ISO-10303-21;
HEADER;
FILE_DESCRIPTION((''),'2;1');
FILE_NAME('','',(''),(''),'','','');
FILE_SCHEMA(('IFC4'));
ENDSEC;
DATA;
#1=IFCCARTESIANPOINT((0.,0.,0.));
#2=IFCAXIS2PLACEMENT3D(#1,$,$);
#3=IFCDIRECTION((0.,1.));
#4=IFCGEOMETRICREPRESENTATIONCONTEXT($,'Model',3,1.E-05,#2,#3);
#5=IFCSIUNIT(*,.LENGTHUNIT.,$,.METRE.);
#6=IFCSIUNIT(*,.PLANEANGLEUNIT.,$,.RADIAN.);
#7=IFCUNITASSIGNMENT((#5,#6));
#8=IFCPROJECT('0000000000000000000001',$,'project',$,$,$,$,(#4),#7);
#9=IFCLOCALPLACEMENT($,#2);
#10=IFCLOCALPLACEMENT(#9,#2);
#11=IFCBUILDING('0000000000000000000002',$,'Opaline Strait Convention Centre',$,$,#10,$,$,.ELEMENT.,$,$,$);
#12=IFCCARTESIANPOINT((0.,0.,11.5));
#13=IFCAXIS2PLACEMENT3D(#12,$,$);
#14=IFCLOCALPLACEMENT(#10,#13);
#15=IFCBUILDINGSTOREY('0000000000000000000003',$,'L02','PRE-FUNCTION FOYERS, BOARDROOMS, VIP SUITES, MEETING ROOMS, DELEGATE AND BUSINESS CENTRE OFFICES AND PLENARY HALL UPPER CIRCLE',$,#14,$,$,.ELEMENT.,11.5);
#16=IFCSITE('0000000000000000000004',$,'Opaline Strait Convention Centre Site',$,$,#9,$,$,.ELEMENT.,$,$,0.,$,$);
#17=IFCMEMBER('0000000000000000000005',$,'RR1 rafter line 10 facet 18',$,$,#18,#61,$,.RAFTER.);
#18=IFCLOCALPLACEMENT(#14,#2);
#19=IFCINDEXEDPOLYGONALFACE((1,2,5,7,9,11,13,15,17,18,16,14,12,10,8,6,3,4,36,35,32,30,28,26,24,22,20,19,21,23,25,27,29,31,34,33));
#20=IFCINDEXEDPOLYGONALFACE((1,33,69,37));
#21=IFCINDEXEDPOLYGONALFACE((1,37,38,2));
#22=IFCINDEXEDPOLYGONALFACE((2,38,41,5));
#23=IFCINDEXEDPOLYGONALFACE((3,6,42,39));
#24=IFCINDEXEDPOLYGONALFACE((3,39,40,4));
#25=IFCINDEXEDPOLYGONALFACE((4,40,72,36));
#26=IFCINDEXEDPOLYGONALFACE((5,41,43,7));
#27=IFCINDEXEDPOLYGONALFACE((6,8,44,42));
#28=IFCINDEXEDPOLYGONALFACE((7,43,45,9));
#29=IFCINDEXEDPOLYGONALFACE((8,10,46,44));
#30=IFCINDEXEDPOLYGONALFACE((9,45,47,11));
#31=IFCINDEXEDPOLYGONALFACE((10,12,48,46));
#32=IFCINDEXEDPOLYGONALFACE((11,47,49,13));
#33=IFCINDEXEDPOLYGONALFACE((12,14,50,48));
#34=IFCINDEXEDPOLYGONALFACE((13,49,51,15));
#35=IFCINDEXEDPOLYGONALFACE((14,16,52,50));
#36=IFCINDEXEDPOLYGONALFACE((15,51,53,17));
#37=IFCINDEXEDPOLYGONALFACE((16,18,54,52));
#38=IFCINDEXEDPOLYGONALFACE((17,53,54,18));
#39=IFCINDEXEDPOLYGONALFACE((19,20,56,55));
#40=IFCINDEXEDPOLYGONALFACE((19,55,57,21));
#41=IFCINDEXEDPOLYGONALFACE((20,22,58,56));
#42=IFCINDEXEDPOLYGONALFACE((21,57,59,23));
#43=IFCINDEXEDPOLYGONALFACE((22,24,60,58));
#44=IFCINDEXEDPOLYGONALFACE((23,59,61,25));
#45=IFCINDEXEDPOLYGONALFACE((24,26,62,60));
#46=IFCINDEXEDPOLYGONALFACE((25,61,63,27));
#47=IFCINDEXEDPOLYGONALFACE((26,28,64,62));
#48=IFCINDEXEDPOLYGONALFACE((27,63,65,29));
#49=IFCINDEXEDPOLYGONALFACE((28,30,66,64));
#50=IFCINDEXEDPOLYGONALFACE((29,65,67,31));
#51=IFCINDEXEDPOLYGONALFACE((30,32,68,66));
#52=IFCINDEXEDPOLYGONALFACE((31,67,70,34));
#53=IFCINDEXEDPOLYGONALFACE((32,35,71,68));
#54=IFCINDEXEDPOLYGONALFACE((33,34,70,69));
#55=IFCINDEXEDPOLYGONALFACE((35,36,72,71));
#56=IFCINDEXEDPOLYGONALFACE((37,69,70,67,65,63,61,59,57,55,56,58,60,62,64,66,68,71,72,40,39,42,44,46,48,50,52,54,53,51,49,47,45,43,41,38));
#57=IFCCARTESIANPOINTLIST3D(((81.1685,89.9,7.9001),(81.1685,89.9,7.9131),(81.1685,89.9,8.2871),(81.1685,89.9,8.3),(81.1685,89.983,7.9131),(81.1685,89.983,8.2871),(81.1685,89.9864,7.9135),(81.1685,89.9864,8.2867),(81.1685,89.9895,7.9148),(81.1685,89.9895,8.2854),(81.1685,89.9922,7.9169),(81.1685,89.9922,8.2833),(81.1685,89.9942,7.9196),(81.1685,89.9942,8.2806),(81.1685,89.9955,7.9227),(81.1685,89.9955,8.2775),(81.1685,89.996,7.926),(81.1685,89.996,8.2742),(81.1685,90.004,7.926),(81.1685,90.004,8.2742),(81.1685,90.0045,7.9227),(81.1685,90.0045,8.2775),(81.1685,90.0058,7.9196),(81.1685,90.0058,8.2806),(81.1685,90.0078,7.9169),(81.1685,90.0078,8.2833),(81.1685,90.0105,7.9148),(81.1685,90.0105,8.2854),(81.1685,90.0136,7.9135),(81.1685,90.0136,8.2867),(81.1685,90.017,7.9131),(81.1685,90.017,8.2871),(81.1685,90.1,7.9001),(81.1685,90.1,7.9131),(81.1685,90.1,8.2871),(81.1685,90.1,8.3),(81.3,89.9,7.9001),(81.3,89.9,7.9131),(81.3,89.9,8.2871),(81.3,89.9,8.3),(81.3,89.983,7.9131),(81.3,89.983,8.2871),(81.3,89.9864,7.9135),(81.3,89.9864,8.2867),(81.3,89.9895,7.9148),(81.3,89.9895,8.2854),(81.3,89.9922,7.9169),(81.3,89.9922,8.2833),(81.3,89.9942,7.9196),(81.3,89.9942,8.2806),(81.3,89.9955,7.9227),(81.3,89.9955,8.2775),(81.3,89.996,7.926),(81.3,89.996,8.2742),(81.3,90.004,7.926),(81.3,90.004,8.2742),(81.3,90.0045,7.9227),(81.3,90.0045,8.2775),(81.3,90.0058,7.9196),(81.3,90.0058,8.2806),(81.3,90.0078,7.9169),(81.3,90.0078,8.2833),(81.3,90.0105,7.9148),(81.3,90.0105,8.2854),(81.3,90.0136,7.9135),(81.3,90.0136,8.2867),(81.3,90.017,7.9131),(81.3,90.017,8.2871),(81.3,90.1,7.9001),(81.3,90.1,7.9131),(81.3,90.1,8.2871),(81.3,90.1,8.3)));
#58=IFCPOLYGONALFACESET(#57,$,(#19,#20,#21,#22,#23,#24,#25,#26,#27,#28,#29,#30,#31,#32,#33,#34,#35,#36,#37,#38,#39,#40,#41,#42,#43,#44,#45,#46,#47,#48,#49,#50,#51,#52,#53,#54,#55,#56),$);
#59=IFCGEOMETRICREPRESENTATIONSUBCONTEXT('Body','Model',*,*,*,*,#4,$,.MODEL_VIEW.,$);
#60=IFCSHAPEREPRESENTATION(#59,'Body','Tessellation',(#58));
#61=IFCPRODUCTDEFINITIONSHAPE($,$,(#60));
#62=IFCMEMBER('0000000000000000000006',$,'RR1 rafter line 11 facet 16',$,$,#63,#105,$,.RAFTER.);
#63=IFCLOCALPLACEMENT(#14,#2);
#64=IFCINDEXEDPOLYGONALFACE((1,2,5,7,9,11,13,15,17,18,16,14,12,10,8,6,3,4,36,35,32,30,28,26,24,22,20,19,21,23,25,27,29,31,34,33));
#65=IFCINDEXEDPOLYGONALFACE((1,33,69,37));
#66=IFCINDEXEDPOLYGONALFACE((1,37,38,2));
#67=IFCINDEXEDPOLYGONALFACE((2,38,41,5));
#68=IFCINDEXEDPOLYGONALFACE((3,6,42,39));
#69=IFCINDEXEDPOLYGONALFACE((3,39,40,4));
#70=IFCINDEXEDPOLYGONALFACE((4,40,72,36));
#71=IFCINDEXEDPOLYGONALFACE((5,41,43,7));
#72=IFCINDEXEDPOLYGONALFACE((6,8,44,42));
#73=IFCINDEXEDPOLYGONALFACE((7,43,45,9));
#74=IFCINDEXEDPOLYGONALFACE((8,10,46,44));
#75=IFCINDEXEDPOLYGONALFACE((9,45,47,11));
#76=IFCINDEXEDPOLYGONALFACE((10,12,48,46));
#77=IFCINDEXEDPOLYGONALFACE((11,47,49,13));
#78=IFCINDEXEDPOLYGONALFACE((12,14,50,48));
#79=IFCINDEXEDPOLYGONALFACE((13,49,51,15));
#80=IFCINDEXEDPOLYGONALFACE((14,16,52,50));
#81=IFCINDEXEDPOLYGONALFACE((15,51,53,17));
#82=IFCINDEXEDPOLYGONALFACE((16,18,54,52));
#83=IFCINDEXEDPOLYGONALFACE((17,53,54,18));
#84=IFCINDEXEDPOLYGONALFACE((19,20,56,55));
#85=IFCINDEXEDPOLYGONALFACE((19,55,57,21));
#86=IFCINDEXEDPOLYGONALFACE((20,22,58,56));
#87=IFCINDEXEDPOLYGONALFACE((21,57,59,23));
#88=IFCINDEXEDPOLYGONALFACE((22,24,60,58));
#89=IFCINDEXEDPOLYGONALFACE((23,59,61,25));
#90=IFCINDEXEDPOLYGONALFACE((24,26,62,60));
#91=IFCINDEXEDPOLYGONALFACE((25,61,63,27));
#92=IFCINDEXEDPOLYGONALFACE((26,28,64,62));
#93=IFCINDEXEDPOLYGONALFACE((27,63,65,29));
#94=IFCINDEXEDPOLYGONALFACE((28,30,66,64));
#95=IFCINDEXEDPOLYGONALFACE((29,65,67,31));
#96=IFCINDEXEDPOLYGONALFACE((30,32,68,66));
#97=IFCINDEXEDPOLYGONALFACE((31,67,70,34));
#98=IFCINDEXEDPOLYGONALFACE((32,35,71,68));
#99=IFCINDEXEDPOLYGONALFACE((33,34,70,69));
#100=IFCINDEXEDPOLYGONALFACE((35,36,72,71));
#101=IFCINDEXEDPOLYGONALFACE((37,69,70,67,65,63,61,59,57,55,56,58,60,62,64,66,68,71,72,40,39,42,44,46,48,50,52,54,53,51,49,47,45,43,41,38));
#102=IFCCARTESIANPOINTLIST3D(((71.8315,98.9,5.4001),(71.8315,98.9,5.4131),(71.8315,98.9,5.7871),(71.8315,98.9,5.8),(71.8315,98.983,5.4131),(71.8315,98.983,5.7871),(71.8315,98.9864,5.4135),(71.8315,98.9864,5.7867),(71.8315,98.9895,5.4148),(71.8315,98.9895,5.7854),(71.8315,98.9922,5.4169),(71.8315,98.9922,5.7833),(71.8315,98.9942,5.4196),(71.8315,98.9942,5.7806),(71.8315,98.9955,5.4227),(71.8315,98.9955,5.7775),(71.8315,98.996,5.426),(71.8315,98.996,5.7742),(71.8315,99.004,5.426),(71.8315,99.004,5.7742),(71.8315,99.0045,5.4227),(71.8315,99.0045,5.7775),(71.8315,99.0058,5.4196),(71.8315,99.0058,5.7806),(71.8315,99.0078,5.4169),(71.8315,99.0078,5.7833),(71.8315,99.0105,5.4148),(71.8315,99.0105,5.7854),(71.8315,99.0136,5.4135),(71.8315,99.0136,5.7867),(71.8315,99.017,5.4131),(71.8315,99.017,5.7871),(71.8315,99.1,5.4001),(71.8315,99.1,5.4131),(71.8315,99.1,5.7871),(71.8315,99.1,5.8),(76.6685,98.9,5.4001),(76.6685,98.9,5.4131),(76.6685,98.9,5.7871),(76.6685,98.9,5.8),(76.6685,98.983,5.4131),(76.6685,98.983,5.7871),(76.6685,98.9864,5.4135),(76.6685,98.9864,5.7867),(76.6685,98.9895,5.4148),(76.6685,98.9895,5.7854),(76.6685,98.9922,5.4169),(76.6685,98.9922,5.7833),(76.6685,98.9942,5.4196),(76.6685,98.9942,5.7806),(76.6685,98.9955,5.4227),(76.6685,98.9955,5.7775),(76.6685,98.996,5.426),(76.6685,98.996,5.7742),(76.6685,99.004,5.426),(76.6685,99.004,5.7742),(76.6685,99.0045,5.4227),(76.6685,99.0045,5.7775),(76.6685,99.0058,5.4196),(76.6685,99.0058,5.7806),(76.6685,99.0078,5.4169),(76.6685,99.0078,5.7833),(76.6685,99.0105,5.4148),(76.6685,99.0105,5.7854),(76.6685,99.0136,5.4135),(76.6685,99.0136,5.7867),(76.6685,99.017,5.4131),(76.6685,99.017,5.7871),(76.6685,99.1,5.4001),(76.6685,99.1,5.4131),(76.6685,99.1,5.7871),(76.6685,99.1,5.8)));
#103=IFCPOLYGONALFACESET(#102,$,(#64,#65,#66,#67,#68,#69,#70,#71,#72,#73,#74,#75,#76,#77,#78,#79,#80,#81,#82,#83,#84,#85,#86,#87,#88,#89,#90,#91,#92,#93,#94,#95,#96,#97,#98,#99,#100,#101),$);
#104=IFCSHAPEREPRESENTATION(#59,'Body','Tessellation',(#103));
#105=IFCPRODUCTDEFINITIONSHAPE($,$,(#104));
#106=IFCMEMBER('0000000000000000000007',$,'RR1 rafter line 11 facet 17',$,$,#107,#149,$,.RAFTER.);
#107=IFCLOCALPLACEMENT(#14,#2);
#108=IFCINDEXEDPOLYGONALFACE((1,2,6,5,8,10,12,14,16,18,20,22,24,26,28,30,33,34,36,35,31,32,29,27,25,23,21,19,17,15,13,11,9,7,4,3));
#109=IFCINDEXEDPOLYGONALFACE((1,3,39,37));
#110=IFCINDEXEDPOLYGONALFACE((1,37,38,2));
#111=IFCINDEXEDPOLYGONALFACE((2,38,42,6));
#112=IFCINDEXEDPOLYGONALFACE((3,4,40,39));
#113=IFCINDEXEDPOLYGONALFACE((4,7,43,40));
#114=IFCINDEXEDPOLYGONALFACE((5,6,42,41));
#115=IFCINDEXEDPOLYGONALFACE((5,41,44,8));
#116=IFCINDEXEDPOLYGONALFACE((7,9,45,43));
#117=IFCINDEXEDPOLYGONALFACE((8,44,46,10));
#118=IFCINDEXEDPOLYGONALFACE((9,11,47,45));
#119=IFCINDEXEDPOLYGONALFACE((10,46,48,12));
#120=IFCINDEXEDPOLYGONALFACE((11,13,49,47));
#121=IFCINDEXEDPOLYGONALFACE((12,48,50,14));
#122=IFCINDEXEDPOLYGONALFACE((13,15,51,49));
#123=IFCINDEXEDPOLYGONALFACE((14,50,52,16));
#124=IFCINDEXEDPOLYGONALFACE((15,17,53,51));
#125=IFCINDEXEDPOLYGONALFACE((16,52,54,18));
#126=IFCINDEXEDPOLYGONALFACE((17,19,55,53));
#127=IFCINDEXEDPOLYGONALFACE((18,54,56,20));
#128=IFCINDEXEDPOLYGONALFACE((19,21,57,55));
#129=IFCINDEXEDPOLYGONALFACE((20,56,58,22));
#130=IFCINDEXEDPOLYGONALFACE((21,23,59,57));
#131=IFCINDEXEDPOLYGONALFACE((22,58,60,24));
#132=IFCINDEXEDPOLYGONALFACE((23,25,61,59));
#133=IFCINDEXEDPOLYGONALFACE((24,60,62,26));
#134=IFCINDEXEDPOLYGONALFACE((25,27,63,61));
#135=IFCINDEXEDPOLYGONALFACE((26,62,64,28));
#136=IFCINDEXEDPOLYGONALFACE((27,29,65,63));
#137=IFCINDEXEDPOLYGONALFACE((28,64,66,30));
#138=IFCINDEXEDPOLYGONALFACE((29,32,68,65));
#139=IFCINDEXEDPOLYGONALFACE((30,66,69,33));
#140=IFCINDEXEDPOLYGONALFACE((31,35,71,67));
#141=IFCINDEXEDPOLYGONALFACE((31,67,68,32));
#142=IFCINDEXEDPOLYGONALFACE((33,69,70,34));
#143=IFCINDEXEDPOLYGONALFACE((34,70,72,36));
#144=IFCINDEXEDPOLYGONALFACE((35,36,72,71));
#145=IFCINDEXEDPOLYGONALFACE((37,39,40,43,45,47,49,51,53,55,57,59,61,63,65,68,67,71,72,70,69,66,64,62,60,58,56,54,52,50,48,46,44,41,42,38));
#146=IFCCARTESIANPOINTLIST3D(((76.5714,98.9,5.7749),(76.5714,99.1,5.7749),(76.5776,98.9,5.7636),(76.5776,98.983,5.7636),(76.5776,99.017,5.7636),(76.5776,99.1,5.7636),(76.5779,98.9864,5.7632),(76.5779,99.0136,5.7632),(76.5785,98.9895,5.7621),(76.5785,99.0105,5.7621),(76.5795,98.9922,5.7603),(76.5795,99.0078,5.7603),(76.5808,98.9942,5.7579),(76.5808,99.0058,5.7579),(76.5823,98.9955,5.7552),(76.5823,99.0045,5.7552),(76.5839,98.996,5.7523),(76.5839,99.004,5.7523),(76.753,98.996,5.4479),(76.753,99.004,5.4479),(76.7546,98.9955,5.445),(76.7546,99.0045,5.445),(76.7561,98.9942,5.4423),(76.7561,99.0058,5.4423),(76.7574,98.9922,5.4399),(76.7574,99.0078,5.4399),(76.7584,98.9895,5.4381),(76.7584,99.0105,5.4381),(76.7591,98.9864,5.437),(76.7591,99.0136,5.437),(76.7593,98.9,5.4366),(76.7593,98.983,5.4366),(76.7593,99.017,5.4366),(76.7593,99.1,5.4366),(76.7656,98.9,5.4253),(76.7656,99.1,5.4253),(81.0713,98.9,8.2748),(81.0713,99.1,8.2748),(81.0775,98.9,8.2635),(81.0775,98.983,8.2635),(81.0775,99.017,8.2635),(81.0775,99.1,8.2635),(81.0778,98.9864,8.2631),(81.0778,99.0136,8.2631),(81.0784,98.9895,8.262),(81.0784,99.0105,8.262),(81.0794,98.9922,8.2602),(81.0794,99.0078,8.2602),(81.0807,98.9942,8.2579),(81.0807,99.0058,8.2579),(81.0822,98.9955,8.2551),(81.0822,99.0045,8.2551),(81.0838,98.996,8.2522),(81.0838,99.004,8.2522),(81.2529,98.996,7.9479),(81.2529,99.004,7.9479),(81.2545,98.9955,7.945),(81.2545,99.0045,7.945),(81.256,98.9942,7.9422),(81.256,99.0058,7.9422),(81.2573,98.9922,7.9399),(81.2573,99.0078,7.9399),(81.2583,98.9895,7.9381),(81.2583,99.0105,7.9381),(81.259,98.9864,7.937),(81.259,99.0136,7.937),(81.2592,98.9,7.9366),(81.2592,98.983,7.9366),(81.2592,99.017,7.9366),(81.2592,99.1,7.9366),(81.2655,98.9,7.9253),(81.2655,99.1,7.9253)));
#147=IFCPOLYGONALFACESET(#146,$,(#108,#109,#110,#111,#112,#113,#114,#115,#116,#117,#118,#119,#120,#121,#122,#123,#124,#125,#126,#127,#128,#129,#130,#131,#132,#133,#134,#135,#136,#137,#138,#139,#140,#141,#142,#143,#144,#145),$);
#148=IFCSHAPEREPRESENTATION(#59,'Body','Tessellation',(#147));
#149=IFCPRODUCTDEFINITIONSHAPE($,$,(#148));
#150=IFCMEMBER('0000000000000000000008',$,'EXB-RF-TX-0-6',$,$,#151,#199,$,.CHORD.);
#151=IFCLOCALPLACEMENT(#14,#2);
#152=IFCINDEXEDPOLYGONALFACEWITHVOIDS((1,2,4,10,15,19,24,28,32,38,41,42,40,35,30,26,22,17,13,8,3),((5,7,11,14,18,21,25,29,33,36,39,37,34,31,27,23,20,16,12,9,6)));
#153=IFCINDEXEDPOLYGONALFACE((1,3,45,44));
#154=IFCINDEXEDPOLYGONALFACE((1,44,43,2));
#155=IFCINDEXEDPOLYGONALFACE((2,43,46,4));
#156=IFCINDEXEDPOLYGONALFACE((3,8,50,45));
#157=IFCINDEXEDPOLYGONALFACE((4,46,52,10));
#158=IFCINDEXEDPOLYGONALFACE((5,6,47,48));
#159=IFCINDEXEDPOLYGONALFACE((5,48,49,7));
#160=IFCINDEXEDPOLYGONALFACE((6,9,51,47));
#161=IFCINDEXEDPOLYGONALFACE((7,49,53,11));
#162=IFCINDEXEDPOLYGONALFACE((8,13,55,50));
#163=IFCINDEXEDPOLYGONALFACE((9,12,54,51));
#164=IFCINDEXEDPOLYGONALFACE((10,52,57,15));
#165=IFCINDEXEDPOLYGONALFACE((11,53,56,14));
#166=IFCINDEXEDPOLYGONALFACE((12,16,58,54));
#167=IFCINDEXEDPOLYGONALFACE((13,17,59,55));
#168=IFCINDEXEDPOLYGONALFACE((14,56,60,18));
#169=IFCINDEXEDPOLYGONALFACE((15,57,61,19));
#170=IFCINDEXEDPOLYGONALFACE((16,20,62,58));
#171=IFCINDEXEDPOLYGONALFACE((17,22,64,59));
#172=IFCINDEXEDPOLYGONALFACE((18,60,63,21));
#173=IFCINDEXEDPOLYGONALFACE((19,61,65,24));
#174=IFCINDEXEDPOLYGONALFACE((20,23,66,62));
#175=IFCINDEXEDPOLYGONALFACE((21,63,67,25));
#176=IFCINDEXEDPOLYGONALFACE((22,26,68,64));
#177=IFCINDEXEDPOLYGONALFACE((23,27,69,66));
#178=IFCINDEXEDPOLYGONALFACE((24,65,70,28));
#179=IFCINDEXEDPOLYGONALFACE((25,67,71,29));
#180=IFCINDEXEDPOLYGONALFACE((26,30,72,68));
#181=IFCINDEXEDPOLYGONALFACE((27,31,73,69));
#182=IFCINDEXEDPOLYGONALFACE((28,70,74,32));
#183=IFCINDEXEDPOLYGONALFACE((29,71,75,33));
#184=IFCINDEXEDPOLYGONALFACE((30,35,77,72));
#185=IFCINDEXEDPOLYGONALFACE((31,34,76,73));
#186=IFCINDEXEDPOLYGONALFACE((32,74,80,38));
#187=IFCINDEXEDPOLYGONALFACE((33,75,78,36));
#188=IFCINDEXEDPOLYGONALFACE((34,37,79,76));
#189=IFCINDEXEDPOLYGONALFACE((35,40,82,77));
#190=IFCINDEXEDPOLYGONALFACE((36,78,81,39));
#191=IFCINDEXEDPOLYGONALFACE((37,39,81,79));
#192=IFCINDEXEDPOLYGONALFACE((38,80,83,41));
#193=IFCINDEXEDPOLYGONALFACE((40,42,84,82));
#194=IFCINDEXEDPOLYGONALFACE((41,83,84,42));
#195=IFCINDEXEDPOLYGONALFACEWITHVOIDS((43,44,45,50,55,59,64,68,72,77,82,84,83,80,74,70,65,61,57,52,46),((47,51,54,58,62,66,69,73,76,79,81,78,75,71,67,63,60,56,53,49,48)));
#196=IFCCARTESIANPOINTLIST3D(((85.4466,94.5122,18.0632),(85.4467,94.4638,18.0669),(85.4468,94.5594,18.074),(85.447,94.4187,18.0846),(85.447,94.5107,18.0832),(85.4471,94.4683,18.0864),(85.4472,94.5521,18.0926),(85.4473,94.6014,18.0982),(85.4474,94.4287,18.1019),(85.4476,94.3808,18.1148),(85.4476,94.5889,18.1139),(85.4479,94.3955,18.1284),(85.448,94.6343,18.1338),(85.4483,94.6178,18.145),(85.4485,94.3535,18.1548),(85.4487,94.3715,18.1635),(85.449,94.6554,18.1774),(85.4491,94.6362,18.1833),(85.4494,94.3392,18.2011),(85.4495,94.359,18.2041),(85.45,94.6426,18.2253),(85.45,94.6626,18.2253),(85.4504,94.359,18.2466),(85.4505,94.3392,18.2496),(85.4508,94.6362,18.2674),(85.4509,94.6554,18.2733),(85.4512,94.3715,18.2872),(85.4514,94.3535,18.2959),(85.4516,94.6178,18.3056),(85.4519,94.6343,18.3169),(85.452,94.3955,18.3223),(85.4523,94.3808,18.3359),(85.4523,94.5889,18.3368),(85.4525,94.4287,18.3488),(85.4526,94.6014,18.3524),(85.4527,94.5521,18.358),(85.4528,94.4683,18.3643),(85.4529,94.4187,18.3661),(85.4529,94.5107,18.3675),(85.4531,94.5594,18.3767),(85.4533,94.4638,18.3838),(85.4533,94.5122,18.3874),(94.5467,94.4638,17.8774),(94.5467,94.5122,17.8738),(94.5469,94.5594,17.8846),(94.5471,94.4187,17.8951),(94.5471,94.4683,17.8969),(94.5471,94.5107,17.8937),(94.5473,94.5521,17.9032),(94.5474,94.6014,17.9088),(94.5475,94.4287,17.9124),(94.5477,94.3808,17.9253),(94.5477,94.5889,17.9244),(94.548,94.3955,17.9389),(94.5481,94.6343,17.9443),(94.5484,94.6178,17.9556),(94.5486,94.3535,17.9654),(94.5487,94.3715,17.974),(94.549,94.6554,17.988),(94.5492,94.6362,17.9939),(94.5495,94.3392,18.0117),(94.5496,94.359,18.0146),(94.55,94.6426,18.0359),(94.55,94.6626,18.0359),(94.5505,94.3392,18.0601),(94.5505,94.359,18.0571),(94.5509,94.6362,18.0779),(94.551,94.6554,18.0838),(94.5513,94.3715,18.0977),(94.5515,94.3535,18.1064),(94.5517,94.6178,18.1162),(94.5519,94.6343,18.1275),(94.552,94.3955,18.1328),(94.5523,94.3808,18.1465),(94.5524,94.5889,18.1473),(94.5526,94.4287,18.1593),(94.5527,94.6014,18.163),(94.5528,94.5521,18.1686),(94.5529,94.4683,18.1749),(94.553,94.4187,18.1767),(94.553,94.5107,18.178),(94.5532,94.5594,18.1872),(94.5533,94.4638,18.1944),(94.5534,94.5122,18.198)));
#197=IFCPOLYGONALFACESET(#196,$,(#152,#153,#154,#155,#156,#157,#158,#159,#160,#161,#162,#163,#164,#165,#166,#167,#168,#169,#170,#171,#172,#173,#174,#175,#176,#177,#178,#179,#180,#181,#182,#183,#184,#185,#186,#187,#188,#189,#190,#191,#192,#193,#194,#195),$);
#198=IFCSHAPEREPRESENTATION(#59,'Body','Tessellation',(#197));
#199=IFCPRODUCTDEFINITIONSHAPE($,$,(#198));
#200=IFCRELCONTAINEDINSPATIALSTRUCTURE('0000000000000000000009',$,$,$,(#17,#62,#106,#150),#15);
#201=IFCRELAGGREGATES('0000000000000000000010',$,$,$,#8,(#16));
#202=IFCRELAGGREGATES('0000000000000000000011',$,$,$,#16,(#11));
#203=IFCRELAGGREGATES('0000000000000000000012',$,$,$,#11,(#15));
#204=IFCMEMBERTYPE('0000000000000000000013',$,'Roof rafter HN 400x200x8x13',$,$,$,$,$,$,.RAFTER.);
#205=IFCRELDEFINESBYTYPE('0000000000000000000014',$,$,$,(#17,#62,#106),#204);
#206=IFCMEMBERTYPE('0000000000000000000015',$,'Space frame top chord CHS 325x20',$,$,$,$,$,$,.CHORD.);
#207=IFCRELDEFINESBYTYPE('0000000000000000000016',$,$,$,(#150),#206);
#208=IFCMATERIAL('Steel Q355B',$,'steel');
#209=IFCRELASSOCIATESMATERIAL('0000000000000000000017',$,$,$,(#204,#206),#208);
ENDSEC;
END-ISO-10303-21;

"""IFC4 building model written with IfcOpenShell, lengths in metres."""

from ifc_helpers import new_model, si_unit, direction, frame, origin, origin_2d, place, context, subcontext, project, spatial, hollow_circle, i_section, extrude, material, material_profile, profile_set, type_object, element, save


model = new_model("IFC4")

# Units and contexts
model_context = context("Model", 3, precision=1e-05, world=origin(), true_north=direction((0.0, 1.0)))
body_context = subcontext(model_context, "Body", "Model", "MODEL_VIEW")
ifc_project = project(units=[si_unit("LENGTHUNIT", "METRE"), si_unit("PLANEANGLEUNIT", "RADIAN")], contexts=[model_context])

# Site, building, storey
site_placement = place(None, origin())
site = spatial("IfcSite", under=ifc_project, at=site_placement, Name="Opaline Strait Convention Centre Site", CompositionType="ELEMENT", RefElevation=0.0)
building_placement = place(site_placement, origin())
building = spatial("IfcBuilding", under=site, at=building_placement, Name="Opaline Strait Convention Centre", CompositionType="ELEMENT")
storey_placement = place(building_placement, frame((0.0, 0.0, 11.5)))
storey = spatial("IfcBuildingStorey", under=building, at=storey_placement, Name="L02", Description="PRE-FUNCTION FOYERS, BOARDROOMS, VIP SUITES, MEETING ROOMS, DELEGATE AND BUSINESS CENTRE OFFICES AND PLENARY HALL UPPER CIRCLE", CompositionType="ELEMENT", Elevation=11.5)

# Members
ifc_material_1 = material(Name="Steel Q355B", Category="steel")
ifc_material_profile_1 = material_profile(ifc_material_1, i_section(OverallWidth=0.2, OverallDepth=0.3999, WebThickness=0.0081, FlangeThickness=0.0129, FilletRadius=0.0129, at=origin_2d()), Name="HN 400x200x8x13")
ifc_profile_set_1 = profile_set([ifc_material_profile_1], Name="Steel Q355B")
member_type_1 = type_object("IfcMemberType", Name="Roof rafter HN 400x200x8x13", PredefinedType="RAFTER", material=ifc_profile_set_1)
member_1_placement = place(storey_placement, frame((81.1685, 90.0, 8.1001), z_axis=(1.0, 0.0, 0.0), x_axis=(0.0, 1.0, 0.0)))
element("IfcMember", 1, at=member_1_placement, inside=storey, type_object=member_type_1, Name="RR1 rafter line 10 facet 18", PredefinedType="RAFTER", context=body_context, shape_type="SweptSolid", body=[
    extrude(i_section(OverallWidth=0.2, OverallDepth=0.3999, WebThickness=0.0081, FlangeThickness=0.0129, FilletRadius=0.0129, at=origin_2d()), origin(), (0.0, 0.0, 1.0), 0.1316),
])
member_2_placement = place(storey_placement, frame((71.8315, 99.0, 5.6001), z_axis=(1.0, 0.0, 0.0), x_axis=(0.0, 1.0, 0.0)))
element("IfcMember", 2, at=member_2_placement, inside=storey, type_object=member_type_1, Name="RR1 rafter line 11 facet 16", PredefinedType="RAFTER", context=body_context, shape_type="SweptSolid", body=[
    extrude(i_section(OverallWidth=0.2, OverallDepth=0.3999, WebThickness=0.0081, FlangeThickness=0.0129, FilletRadius=0.0129, at=origin_2d()), origin(), (0.0, 0.0, 1.0), 4.8369),
])
member_3_placement = place(storey_placement, frame((76.6685, 99.0, 5.6001), z_axis=(0.874157, 0.0, 0.485643), x_axis=(0.0, 1.0, 0.0)))
element("IfcMember", 3, at=member_3_placement, inside=storey, type_object=member_type_1, Name="RR1 rafter line 11 facet 17", PredefinedType="RAFTER", context=body_context, shape_type="SweptSolid", body=[
    extrude(i_section(OverallWidth=0.2, OverallDepth=0.3999, WebThickness=0.0081, FlangeThickness=0.0129, FilletRadius=0.0129, at=origin_2d()), origin(), (0.0, 0.0, 1.0), 5.1477),
])
ifc_material_profile_2 = material_profile(ifc_material_1, hollow_circle(Radius=0.1626, WallThickness=0.02, at=origin_2d()), Name="CHS 325x20")
ifc_profile_set_2 = profile_set([ifc_material_profile_2], Name="Steel Q355B")
member_type_2 = type_object("IfcMemberType", Name="Space frame top chord CHS 325x20", PredefinedType="CHORD", material=ifc_profile_set_2)
member_4_placement = place(storey_placement, frame((85.45, 94.5, 18.2253), z_axis=(0.999783, 0.0, -0.020814), x_axis=(0.0, 1.0, 0.0)))
element("IfcMember", 4, at=member_4_placement, inside=storey, type_object=member_type_2, Name="EXB-RF-TX-0-6", PredefinedType="CHORD", context=body_context, shape_type="SweptSolid", body=[
    extrude(hollow_circle(Radius=0.1626, WallThickness=0.02, at=origin_2d()), origin(), (0.0, 0.0, 1.0), 9.1021),
])

save(model, "model.ifc")
